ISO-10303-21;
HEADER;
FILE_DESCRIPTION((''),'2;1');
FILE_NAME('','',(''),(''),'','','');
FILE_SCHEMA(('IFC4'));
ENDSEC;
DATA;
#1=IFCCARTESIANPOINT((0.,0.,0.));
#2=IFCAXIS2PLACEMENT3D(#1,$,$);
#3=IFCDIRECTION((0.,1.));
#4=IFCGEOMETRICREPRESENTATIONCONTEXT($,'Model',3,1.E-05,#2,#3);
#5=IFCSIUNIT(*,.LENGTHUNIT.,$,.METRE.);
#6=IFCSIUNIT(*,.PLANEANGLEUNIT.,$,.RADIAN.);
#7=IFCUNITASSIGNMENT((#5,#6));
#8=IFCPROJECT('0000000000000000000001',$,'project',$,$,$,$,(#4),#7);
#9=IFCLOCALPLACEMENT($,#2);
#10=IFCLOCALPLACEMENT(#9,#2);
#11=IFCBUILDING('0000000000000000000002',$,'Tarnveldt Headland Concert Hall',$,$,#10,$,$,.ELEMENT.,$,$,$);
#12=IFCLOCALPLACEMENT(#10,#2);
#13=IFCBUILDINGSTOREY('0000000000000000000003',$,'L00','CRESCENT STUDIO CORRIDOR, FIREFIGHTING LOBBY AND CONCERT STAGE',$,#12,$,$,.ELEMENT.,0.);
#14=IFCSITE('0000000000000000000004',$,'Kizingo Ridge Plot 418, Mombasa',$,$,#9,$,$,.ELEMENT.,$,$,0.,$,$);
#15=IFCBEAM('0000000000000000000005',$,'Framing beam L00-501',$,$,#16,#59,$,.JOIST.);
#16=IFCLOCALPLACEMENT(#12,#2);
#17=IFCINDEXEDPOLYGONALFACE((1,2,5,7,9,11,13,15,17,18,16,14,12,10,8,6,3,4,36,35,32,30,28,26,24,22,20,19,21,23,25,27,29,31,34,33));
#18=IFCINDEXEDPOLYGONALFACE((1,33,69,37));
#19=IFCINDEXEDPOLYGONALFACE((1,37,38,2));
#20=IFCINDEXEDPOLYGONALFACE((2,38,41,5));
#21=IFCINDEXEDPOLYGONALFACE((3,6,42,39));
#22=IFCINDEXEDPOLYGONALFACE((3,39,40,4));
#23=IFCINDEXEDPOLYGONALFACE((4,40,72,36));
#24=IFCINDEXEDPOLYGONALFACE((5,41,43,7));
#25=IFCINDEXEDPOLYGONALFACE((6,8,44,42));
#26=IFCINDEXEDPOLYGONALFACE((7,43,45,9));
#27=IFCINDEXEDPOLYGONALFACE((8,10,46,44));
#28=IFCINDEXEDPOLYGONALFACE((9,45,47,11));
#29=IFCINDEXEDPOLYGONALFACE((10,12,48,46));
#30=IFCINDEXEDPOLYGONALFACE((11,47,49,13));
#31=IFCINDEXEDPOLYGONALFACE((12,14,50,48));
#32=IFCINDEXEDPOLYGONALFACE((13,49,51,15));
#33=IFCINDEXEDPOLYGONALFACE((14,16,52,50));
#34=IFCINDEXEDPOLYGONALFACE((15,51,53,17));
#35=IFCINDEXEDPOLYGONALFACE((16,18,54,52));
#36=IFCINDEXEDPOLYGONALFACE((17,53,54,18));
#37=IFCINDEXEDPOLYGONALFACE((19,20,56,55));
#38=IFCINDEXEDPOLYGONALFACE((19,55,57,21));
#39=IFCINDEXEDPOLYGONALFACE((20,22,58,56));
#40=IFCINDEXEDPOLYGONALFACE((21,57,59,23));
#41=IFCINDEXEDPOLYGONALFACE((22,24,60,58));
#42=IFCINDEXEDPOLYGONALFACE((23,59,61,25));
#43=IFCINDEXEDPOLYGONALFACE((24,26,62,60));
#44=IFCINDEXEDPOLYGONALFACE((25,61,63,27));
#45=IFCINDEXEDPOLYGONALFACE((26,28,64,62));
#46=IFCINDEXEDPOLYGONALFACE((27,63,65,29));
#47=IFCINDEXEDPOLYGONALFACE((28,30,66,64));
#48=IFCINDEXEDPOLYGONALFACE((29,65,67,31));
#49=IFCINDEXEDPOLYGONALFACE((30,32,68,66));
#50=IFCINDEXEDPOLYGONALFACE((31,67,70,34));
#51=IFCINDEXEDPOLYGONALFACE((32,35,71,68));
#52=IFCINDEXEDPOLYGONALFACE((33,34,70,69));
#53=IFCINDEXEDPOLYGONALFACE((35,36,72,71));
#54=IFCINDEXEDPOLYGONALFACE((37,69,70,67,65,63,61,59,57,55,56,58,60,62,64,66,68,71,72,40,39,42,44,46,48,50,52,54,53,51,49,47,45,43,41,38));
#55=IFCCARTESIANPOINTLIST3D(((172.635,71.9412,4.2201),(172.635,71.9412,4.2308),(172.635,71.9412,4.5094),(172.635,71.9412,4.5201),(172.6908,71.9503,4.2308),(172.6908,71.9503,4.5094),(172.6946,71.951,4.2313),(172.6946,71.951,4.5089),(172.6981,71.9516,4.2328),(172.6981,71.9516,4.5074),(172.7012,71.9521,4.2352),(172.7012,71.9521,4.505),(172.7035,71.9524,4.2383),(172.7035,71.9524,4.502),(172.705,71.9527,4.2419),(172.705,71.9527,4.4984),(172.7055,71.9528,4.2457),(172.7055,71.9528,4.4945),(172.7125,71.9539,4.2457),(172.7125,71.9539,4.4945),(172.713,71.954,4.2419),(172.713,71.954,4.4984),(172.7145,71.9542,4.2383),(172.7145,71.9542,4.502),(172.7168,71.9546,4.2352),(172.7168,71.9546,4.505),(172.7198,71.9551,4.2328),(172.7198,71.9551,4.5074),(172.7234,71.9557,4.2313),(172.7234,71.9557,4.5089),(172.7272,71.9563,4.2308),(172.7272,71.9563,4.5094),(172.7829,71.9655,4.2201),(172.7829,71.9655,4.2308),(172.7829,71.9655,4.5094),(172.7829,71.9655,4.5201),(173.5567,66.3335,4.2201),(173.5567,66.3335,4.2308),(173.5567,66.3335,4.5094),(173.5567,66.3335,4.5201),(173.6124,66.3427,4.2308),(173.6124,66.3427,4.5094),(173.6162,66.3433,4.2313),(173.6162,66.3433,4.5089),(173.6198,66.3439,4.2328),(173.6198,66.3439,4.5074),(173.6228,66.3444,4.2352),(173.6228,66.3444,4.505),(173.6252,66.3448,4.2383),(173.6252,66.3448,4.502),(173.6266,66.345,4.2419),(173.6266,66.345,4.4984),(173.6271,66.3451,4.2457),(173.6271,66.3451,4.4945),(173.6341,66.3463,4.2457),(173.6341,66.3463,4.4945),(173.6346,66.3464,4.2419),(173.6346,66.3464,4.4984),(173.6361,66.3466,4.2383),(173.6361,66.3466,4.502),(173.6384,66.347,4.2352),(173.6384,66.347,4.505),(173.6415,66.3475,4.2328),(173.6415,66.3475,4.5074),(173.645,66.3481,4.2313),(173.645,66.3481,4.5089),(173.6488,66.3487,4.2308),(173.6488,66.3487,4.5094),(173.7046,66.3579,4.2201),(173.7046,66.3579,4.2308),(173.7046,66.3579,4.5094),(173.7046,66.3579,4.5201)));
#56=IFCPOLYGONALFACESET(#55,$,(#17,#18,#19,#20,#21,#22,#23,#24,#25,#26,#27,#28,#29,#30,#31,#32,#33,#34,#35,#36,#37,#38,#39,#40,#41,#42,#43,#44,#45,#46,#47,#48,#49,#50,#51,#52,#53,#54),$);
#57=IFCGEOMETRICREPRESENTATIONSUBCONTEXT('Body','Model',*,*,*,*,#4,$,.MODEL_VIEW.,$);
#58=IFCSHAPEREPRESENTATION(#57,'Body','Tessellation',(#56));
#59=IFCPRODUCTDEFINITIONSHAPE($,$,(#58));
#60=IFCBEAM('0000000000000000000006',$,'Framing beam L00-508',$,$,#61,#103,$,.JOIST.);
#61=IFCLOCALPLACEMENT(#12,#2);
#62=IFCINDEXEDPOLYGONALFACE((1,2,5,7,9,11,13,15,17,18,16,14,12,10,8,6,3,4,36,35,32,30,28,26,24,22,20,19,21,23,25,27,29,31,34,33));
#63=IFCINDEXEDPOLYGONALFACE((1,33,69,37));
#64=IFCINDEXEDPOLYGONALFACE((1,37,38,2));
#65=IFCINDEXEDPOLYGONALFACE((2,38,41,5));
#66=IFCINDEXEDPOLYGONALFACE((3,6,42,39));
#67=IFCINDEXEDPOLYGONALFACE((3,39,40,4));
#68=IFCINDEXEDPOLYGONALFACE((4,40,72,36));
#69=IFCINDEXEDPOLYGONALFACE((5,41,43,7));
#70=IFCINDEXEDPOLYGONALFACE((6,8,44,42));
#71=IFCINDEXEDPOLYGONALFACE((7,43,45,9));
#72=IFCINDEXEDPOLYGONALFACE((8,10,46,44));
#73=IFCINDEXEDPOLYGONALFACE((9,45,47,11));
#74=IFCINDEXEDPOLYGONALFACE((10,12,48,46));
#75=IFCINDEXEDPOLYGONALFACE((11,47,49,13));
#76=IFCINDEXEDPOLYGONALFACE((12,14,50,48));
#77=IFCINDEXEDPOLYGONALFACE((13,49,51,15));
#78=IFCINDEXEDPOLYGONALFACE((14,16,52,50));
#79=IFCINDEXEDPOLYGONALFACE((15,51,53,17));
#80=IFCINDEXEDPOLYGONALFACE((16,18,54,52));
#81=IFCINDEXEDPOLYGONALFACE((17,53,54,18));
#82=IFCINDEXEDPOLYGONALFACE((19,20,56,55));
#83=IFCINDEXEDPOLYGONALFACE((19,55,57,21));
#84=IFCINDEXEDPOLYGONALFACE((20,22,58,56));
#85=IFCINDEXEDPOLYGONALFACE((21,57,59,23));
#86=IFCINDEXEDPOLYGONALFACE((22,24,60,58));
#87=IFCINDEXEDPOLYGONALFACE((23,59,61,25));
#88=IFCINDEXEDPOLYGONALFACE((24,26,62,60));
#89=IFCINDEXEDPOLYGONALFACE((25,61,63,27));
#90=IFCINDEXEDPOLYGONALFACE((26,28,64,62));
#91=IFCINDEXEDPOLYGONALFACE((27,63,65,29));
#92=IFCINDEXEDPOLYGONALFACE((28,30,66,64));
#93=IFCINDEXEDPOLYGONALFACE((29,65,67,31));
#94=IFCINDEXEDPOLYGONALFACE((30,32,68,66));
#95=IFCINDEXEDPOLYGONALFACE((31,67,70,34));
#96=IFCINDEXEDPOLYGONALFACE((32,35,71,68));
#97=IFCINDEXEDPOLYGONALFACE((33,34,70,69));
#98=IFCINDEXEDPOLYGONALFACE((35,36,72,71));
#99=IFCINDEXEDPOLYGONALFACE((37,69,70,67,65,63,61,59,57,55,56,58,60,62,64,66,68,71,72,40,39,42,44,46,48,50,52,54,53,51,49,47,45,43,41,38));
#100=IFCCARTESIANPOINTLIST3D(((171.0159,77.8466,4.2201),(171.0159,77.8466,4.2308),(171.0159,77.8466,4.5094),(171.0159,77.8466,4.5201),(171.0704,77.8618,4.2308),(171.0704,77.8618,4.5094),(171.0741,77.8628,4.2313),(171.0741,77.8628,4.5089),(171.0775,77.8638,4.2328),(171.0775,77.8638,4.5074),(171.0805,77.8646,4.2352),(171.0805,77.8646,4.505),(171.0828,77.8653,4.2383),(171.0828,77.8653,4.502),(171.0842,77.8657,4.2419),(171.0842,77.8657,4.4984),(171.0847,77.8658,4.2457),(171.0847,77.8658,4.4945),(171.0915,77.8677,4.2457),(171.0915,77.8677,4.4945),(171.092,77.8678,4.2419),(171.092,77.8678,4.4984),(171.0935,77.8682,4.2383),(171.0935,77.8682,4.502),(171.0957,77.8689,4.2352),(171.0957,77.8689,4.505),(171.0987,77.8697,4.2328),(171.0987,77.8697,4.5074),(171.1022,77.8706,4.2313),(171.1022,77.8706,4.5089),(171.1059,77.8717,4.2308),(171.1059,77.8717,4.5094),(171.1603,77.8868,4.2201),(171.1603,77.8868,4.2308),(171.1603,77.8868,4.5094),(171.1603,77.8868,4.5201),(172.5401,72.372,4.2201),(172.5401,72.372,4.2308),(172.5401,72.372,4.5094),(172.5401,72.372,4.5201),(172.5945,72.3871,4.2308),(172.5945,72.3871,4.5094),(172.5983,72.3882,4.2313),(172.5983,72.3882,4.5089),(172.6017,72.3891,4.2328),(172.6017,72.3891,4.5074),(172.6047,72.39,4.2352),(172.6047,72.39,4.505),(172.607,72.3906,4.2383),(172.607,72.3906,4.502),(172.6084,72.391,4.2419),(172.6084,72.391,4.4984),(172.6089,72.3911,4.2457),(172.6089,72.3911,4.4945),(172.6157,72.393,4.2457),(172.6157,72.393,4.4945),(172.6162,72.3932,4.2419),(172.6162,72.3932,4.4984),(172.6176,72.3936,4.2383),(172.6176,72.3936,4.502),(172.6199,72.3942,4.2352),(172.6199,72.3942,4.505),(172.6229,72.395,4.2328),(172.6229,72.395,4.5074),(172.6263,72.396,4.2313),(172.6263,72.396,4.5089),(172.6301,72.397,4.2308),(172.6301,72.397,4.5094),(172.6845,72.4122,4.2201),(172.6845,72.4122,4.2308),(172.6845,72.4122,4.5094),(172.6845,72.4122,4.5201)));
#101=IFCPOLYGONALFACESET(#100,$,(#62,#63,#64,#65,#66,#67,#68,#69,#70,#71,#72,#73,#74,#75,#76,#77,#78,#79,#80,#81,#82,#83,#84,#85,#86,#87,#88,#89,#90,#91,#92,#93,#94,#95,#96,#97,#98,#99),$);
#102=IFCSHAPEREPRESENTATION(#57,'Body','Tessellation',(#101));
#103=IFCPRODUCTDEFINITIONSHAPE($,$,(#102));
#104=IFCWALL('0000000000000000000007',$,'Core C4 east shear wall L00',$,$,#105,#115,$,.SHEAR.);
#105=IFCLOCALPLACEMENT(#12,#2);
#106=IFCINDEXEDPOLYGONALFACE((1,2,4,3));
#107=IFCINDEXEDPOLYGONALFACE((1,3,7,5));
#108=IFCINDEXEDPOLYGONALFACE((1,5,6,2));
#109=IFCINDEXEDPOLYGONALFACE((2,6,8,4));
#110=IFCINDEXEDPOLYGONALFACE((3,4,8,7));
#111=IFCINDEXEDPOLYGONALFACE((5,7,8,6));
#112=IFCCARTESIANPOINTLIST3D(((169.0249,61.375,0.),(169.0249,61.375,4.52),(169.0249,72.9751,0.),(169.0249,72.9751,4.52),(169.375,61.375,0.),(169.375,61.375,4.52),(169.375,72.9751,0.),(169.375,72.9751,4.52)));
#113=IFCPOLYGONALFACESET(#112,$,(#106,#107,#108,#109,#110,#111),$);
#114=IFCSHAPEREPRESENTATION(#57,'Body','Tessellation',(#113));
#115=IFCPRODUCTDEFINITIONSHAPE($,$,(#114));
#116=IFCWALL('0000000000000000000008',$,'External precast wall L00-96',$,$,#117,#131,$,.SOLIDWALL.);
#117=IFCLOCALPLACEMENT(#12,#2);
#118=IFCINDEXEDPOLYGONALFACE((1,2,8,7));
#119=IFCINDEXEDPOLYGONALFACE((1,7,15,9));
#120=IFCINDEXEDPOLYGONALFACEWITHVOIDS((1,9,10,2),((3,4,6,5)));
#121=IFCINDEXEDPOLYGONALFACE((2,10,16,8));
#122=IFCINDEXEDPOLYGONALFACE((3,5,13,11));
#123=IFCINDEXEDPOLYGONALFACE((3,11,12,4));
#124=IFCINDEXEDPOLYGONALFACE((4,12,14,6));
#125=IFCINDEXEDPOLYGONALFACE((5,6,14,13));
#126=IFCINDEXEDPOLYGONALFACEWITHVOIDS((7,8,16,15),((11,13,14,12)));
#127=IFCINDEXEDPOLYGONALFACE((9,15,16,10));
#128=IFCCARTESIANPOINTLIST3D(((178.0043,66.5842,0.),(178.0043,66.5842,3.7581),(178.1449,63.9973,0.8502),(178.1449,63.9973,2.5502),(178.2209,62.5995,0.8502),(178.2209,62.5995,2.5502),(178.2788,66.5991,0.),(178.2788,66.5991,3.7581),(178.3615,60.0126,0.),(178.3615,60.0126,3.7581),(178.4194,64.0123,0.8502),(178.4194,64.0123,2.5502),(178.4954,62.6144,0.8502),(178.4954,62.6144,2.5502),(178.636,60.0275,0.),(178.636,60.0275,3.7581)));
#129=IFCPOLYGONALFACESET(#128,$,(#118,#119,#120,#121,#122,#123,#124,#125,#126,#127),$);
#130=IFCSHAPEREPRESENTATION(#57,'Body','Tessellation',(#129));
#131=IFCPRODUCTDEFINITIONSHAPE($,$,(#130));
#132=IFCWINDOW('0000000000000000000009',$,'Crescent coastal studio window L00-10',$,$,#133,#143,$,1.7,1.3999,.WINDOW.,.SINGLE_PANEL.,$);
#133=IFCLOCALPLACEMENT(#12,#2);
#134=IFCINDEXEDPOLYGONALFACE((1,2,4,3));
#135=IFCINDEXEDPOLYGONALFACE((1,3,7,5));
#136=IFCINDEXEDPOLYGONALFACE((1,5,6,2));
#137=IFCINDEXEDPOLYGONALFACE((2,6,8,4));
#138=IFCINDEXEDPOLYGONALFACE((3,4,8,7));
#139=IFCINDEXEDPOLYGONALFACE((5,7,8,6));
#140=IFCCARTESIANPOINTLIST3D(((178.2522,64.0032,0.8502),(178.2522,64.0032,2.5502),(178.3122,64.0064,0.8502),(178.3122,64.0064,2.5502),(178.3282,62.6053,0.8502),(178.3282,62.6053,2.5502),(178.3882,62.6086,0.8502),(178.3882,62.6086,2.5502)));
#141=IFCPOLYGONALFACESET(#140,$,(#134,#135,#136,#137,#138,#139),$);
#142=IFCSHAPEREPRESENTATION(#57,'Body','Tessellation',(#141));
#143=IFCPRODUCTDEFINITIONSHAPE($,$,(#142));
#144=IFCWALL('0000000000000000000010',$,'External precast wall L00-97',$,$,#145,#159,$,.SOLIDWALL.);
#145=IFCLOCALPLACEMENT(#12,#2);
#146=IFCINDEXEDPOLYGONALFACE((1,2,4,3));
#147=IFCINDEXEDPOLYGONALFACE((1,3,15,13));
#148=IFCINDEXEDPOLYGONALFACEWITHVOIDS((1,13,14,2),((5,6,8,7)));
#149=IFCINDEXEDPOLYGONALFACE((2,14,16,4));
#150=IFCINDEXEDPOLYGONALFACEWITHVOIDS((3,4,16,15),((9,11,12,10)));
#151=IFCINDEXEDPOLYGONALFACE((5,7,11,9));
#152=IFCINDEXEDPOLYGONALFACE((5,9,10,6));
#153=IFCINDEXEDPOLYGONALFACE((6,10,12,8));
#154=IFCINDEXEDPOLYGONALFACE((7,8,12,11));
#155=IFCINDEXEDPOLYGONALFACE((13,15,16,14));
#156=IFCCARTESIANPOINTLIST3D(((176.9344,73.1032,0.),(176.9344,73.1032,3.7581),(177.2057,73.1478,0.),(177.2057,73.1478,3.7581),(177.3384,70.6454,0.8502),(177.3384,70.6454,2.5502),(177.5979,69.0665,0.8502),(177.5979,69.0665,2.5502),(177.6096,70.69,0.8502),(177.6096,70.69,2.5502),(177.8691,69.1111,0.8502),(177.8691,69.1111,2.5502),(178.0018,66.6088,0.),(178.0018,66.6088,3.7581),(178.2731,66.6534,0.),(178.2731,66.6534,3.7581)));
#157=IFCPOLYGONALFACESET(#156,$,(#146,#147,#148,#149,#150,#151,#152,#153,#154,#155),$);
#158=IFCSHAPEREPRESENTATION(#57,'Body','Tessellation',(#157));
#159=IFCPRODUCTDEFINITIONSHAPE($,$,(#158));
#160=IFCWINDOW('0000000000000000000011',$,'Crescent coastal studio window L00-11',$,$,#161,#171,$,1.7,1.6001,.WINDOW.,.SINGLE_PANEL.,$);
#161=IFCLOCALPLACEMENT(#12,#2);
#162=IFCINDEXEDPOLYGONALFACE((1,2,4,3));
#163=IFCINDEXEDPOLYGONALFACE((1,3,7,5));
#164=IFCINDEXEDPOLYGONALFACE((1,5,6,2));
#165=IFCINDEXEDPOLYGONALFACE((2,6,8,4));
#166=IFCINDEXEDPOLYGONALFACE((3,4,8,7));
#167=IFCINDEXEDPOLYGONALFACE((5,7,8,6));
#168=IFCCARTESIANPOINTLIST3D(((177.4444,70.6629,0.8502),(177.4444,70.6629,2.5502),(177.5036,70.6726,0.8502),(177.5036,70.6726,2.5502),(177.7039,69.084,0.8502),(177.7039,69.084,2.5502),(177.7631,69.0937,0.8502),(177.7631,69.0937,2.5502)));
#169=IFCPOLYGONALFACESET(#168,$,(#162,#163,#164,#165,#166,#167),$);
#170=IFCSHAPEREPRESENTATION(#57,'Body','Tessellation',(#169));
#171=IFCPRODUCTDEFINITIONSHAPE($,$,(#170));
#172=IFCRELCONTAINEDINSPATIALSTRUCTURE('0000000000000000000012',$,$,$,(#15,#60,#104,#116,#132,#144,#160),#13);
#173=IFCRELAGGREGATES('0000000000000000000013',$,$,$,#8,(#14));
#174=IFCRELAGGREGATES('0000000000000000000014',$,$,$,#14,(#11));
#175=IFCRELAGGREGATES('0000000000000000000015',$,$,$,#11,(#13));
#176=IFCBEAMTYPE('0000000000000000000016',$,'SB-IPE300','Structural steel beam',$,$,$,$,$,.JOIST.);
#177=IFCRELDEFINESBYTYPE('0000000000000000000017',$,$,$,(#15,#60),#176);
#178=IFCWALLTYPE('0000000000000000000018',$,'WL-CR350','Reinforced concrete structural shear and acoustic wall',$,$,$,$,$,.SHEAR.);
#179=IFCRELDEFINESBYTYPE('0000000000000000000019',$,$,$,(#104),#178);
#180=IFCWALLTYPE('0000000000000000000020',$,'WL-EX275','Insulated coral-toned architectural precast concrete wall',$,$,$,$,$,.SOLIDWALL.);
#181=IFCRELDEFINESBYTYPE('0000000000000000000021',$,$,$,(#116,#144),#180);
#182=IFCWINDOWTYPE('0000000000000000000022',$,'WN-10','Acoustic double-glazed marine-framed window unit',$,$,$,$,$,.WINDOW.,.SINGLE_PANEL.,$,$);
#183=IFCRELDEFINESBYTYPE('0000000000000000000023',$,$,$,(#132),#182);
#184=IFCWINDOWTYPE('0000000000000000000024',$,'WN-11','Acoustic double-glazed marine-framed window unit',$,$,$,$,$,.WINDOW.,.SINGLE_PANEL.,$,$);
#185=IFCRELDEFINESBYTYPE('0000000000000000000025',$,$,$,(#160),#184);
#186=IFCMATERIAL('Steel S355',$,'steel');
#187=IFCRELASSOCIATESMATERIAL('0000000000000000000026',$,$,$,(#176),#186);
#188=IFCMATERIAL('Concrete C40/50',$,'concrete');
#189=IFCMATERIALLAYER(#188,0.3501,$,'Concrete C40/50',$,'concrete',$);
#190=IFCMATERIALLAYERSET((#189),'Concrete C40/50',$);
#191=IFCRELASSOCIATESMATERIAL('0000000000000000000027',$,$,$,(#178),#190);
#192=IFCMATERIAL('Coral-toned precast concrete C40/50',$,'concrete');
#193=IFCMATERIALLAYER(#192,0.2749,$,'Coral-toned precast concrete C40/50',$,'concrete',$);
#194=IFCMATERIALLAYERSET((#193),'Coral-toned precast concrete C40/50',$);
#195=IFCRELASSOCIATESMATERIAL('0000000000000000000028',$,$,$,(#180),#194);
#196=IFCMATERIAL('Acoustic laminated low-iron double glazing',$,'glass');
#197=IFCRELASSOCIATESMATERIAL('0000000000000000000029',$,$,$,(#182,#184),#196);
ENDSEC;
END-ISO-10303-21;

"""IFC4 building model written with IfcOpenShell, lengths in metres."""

from ifc_helpers import new_model, si_unit, direction, frame, frame_2d, origin, origin_2d, place, context, subcontext, project, spatial, rectangle, i_section, extrude, material, layer, layer_set, material_profile, profile_set, type_object, element, fill, save


model = new_model("IFC4")

# Units and contexts
model_context = context("Model", 3, precision=1e-05, world=origin(), true_north=direction((0.0, 1.0)))
body_context = subcontext(model_context, "Body", "Model", "MODEL_VIEW")
ifc_project = project(units=[si_unit("LENGTHUNIT", "METRE"), si_unit("PLANEANGLEUNIT", "RADIAN")], contexts=[model_context])

# Site, building, storey
site_placement = place(None, origin())
site = spatial("IfcSite", under=ifc_project, at=site_placement, Name="Kizingo Ridge Plot 418, Mombasa", CompositionType="ELEMENT", RefElevation=0.0)
building_placement = place(site_placement, origin())
building = spatial("IfcBuilding", under=site, at=building_placement, Name="Tarnveldt Headland Concert Hall", CompositionType="ELEMENT")
storey_placement = place(building_placement, origin())
storey = spatial("IfcBuildingStorey", under=building, at=storey_placement, Name="L00", Description="CRESCENT STUDIO CORRIDOR, FIREFIGHTING LOBBY AND CONCERT STAGE", CompositionType="ELEMENT", Elevation=0.0)

# Shared definitions
ifc_material_1 = material(Name="Concrete C40/50", Category="concrete")

# Beams
ifc_material_2 = material(Name="Steel S355", Category="steel")
ifc_material_profile_1 = material_profile(ifc_material_2, i_section(OverallWidth=0.1499, OverallDepth=0.3, WebThickness=0.0071, FlangeThickness=0.0107, FilletRadius=0.0149, at=origin_2d()), Name="IPE300", Category="steel")
ifc_profile_set_1 = profile_set([ifc_material_profile_1], Name="Steel S355")
beam_type_1 = type_object("IfcBeamType", Name="SB-IPE300", Description="Structural steel beam", PredefinedType="JOIST", material=ifc_profile_set_1)
for number, where, z_axis, x_axis, name in (
    (1, (173.6306, 66.3457, 4.3701), (-0.162176, 0.986762, 0.0), (-0.986762, -0.162176, 0.0), "Framing beam L00-501"),
    (2, (172.6123, 72.3921, 4.3701), (-0.268207, 0.963361, 0.0), (-0.963361, -0.268207, 0.0), "Framing beam L00-508"),
):
    element("IfcBeam", number, at=place(storey_placement, frame(where, z_axis=z_axis, x_axis=x_axis)), inside=storey, type_object=beam_type_1, Name=name, PredefinedType="JOIST", context=body_context, shape_type="SweptSolid", body=[
        extrude(i_section(OverallWidth=0.1499, OverallDepth=0.3, WebThickness=0.0071, FlangeThickness=0.0107, FilletRadius=0.0149, at=origin_2d()), origin(), (0.0, 0.0, 1.0), 5.6829),
    ])

# Wall
ifc_layer_1 = layer(ifc_material_1, 0.3501, Name="Concrete C40/50", Category="concrete")
ifc_layer_set_1 = layer_set([ifc_layer_1], Name="Concrete C40/50")
wall_type_1 = type_object("IfcWallType", Name="WL-CR350", Description="Reinforced concrete structural shear and acoustic wall", PredefinedType="SHEAR", material=ifc_layer_set_1)
wall_1_placement = place(storey_placement, frame((169.2, 61.375, 0.0), z_axis=(0.0, 0.0, 1.0), x_axis=(0.0, 1.0, 0.0)))
element("IfcWall", 3, at=wall_1_placement, inside=storey, type_object=wall_type_1, Name="Core C4 east shear wall L00", PredefinedType="SHEAR", context=body_context, shape_type="SweptSolid", body=[
    extrude(rectangle(XDim=11.6001, YDim=0.3501, at=frame_2d((5.8, 0.0))), origin(), (0.0, 0.0, 1.0), 4.52),
])

# Walls, openings, windows
ifc_material_3 = material(Name="Coral-toned precast concrete C40/50", Category="concrete")
ifc_layer_2 = layer(ifc_material_3, 0.2749, Name="Coral-toned precast concrete C40/50", Category="concrete")
ifc_layer_set_2 = layer_set([ifc_layer_2], Name="Coral-toned precast concrete C40/50")
wall_type_2 = type_object("IfcWallType", Name="WL-EX275", Description="Insulated coral-toned architectural precast concrete wall", PredefinedType="SOLIDWALL", material=ifc_layer_set_2)
wall_2_placement = place(storey_placement, frame((178.1416, 66.5916, 0.0), z_axis=(0.0, 0.0, 1.0), x_axis=(0.054272, -0.998526, 0.0)))
wall_2 = element("IfcWall", 4, at=wall_2_placement, inside=storey, type_object=wall_type_2, Name="External precast wall L00-96", PredefinedType="SOLIDWALL", context=body_context, shape_type="SweptSolid", body=[
    extrude(rectangle(XDim=6.5813, YDim=0.2749, at=frame_2d((3.2905, 0.0))), origin(), (0.0, 0.0, 1.0), 3.7581),
])
opening_1_placement = place(wall_2_placement, frame((2.5906, 0.0, 0.8501)))
opening_1 = element("IfcOpeningElement", 5, at=opening_1_placement, cuts=wall_2, PredefinedType="OPENING", context=body_context, shape_type="SweptSolid", body=[
    extrude(rectangle(XDim=1.3999, YDim=1.7, at=frame_2d((0.7, 0.8501))), frame((0.0, 0.1475, 0.0), z_axis=(0.0, -1.0, 0.0), x_axis=(1.0, 0.0, 0.0)), (0.0, 0.0, 1.0), 0.2949),
])
ifc_material_4 = material(Name="Acoustic laminated low-iron double glazing", Category="glass")
window_type_1 = type_object("IfcWindowType", Name="WN-10", Description="Acoustic double-glazed marine-framed window unit", PartitioningType="SINGLE_PANEL", PredefinedType="WINDOW", material=ifc_material_4)
window_1_placement = place(opening_1_placement, origin())
window_1 = element("IfcWindow", 6, at=window_1_placement, inside=storey, type_object=window_type_1, Name="Crescent coastal studio window L00-10", OverallHeight=1.7, OverallWidth=1.3999, PartitioningType="SINGLE_PANEL", PredefinedType="WINDOW", context=body_context, shape_type="SweptSolid", body=[
    extrude(rectangle(XDim=1.3999, YDim=1.7, at=frame_2d((0.7, 0.8501))), frame((0.0, 0.03, 0.0), z_axis=(0.0, -1.0, 0.0), x_axis=(1.0, 0.0, 0.0)), (0.0, 0.0, 1.0), 0.0601),
])
fill(opening_1, window_1)
wall_3_placement = place(storey_placement, frame((177.0701, 73.1255, 0.0), z_axis=(0.0, 0.0, 1.0), x_axis=(0.162179, -0.986761, 0.0)))
wall_3 = element("IfcWall", 7, at=wall_3_placement, inside=storey, type_object=wall_type_2, Name="External precast wall L00-97", PredefinedType="SOLIDWALL", context=body_context, shape_type="SweptSolid", body=[
    extrude(rectangle(XDim=6.5815, YDim=0.2749, at=frame_2d((3.2908, 0.0))), origin(), (0.0, 0.0, 1.0), 3.7581),
])
opening_2_placement = place(wall_3_placement, frame((2.4907, 0.0, 0.8501)))
opening_2 = element("IfcOpeningElement", 8, at=opening_2_placement, cuts=wall_3, PredefinedType="OPENING", context=body_context, shape_type="SweptSolid", body=[
    extrude(rectangle(XDim=1.6001, YDim=1.7, at=frame_2d((0.8, 0.8501))), frame((0.0, 0.1475, 0.0), z_axis=(0.0, -1.0, 0.0), x_axis=(1.0, 0.0, 0.0)), (0.0, 0.0, 1.0), 0.2949),
])
window_type_2 = type_object("IfcWindowType", Name="WN-11", Description="Acoustic double-glazed marine-framed window unit", PartitioningType="SINGLE_PANEL", PredefinedType="WINDOW", material=ifc_material_4)
window_2_placement = place(opening_2_placement, origin())
window_2 = element("IfcWindow", 9, at=window_2_placement, inside=storey, type_object=window_type_2, Name="Crescent coastal studio window L00-11", OverallHeight=1.7, OverallWidth=1.6001, PartitioningType="SINGLE_PANEL", PredefinedType="WINDOW", context=body_context, shape_type="SweptSolid", body=[
    extrude(rectangle(XDim=1.6001, YDim=1.7, at=frame_2d((0.8, 0.8501))), frame((0.0, 0.03, 0.0), z_axis=(0.0, -1.0, 0.0), x_axis=(1.0, 0.0, 0.0)), (0.0, 0.0, 1.0), 0.0601),
])
fill(opening_2, window_2)

save(model, "model.ifc")
